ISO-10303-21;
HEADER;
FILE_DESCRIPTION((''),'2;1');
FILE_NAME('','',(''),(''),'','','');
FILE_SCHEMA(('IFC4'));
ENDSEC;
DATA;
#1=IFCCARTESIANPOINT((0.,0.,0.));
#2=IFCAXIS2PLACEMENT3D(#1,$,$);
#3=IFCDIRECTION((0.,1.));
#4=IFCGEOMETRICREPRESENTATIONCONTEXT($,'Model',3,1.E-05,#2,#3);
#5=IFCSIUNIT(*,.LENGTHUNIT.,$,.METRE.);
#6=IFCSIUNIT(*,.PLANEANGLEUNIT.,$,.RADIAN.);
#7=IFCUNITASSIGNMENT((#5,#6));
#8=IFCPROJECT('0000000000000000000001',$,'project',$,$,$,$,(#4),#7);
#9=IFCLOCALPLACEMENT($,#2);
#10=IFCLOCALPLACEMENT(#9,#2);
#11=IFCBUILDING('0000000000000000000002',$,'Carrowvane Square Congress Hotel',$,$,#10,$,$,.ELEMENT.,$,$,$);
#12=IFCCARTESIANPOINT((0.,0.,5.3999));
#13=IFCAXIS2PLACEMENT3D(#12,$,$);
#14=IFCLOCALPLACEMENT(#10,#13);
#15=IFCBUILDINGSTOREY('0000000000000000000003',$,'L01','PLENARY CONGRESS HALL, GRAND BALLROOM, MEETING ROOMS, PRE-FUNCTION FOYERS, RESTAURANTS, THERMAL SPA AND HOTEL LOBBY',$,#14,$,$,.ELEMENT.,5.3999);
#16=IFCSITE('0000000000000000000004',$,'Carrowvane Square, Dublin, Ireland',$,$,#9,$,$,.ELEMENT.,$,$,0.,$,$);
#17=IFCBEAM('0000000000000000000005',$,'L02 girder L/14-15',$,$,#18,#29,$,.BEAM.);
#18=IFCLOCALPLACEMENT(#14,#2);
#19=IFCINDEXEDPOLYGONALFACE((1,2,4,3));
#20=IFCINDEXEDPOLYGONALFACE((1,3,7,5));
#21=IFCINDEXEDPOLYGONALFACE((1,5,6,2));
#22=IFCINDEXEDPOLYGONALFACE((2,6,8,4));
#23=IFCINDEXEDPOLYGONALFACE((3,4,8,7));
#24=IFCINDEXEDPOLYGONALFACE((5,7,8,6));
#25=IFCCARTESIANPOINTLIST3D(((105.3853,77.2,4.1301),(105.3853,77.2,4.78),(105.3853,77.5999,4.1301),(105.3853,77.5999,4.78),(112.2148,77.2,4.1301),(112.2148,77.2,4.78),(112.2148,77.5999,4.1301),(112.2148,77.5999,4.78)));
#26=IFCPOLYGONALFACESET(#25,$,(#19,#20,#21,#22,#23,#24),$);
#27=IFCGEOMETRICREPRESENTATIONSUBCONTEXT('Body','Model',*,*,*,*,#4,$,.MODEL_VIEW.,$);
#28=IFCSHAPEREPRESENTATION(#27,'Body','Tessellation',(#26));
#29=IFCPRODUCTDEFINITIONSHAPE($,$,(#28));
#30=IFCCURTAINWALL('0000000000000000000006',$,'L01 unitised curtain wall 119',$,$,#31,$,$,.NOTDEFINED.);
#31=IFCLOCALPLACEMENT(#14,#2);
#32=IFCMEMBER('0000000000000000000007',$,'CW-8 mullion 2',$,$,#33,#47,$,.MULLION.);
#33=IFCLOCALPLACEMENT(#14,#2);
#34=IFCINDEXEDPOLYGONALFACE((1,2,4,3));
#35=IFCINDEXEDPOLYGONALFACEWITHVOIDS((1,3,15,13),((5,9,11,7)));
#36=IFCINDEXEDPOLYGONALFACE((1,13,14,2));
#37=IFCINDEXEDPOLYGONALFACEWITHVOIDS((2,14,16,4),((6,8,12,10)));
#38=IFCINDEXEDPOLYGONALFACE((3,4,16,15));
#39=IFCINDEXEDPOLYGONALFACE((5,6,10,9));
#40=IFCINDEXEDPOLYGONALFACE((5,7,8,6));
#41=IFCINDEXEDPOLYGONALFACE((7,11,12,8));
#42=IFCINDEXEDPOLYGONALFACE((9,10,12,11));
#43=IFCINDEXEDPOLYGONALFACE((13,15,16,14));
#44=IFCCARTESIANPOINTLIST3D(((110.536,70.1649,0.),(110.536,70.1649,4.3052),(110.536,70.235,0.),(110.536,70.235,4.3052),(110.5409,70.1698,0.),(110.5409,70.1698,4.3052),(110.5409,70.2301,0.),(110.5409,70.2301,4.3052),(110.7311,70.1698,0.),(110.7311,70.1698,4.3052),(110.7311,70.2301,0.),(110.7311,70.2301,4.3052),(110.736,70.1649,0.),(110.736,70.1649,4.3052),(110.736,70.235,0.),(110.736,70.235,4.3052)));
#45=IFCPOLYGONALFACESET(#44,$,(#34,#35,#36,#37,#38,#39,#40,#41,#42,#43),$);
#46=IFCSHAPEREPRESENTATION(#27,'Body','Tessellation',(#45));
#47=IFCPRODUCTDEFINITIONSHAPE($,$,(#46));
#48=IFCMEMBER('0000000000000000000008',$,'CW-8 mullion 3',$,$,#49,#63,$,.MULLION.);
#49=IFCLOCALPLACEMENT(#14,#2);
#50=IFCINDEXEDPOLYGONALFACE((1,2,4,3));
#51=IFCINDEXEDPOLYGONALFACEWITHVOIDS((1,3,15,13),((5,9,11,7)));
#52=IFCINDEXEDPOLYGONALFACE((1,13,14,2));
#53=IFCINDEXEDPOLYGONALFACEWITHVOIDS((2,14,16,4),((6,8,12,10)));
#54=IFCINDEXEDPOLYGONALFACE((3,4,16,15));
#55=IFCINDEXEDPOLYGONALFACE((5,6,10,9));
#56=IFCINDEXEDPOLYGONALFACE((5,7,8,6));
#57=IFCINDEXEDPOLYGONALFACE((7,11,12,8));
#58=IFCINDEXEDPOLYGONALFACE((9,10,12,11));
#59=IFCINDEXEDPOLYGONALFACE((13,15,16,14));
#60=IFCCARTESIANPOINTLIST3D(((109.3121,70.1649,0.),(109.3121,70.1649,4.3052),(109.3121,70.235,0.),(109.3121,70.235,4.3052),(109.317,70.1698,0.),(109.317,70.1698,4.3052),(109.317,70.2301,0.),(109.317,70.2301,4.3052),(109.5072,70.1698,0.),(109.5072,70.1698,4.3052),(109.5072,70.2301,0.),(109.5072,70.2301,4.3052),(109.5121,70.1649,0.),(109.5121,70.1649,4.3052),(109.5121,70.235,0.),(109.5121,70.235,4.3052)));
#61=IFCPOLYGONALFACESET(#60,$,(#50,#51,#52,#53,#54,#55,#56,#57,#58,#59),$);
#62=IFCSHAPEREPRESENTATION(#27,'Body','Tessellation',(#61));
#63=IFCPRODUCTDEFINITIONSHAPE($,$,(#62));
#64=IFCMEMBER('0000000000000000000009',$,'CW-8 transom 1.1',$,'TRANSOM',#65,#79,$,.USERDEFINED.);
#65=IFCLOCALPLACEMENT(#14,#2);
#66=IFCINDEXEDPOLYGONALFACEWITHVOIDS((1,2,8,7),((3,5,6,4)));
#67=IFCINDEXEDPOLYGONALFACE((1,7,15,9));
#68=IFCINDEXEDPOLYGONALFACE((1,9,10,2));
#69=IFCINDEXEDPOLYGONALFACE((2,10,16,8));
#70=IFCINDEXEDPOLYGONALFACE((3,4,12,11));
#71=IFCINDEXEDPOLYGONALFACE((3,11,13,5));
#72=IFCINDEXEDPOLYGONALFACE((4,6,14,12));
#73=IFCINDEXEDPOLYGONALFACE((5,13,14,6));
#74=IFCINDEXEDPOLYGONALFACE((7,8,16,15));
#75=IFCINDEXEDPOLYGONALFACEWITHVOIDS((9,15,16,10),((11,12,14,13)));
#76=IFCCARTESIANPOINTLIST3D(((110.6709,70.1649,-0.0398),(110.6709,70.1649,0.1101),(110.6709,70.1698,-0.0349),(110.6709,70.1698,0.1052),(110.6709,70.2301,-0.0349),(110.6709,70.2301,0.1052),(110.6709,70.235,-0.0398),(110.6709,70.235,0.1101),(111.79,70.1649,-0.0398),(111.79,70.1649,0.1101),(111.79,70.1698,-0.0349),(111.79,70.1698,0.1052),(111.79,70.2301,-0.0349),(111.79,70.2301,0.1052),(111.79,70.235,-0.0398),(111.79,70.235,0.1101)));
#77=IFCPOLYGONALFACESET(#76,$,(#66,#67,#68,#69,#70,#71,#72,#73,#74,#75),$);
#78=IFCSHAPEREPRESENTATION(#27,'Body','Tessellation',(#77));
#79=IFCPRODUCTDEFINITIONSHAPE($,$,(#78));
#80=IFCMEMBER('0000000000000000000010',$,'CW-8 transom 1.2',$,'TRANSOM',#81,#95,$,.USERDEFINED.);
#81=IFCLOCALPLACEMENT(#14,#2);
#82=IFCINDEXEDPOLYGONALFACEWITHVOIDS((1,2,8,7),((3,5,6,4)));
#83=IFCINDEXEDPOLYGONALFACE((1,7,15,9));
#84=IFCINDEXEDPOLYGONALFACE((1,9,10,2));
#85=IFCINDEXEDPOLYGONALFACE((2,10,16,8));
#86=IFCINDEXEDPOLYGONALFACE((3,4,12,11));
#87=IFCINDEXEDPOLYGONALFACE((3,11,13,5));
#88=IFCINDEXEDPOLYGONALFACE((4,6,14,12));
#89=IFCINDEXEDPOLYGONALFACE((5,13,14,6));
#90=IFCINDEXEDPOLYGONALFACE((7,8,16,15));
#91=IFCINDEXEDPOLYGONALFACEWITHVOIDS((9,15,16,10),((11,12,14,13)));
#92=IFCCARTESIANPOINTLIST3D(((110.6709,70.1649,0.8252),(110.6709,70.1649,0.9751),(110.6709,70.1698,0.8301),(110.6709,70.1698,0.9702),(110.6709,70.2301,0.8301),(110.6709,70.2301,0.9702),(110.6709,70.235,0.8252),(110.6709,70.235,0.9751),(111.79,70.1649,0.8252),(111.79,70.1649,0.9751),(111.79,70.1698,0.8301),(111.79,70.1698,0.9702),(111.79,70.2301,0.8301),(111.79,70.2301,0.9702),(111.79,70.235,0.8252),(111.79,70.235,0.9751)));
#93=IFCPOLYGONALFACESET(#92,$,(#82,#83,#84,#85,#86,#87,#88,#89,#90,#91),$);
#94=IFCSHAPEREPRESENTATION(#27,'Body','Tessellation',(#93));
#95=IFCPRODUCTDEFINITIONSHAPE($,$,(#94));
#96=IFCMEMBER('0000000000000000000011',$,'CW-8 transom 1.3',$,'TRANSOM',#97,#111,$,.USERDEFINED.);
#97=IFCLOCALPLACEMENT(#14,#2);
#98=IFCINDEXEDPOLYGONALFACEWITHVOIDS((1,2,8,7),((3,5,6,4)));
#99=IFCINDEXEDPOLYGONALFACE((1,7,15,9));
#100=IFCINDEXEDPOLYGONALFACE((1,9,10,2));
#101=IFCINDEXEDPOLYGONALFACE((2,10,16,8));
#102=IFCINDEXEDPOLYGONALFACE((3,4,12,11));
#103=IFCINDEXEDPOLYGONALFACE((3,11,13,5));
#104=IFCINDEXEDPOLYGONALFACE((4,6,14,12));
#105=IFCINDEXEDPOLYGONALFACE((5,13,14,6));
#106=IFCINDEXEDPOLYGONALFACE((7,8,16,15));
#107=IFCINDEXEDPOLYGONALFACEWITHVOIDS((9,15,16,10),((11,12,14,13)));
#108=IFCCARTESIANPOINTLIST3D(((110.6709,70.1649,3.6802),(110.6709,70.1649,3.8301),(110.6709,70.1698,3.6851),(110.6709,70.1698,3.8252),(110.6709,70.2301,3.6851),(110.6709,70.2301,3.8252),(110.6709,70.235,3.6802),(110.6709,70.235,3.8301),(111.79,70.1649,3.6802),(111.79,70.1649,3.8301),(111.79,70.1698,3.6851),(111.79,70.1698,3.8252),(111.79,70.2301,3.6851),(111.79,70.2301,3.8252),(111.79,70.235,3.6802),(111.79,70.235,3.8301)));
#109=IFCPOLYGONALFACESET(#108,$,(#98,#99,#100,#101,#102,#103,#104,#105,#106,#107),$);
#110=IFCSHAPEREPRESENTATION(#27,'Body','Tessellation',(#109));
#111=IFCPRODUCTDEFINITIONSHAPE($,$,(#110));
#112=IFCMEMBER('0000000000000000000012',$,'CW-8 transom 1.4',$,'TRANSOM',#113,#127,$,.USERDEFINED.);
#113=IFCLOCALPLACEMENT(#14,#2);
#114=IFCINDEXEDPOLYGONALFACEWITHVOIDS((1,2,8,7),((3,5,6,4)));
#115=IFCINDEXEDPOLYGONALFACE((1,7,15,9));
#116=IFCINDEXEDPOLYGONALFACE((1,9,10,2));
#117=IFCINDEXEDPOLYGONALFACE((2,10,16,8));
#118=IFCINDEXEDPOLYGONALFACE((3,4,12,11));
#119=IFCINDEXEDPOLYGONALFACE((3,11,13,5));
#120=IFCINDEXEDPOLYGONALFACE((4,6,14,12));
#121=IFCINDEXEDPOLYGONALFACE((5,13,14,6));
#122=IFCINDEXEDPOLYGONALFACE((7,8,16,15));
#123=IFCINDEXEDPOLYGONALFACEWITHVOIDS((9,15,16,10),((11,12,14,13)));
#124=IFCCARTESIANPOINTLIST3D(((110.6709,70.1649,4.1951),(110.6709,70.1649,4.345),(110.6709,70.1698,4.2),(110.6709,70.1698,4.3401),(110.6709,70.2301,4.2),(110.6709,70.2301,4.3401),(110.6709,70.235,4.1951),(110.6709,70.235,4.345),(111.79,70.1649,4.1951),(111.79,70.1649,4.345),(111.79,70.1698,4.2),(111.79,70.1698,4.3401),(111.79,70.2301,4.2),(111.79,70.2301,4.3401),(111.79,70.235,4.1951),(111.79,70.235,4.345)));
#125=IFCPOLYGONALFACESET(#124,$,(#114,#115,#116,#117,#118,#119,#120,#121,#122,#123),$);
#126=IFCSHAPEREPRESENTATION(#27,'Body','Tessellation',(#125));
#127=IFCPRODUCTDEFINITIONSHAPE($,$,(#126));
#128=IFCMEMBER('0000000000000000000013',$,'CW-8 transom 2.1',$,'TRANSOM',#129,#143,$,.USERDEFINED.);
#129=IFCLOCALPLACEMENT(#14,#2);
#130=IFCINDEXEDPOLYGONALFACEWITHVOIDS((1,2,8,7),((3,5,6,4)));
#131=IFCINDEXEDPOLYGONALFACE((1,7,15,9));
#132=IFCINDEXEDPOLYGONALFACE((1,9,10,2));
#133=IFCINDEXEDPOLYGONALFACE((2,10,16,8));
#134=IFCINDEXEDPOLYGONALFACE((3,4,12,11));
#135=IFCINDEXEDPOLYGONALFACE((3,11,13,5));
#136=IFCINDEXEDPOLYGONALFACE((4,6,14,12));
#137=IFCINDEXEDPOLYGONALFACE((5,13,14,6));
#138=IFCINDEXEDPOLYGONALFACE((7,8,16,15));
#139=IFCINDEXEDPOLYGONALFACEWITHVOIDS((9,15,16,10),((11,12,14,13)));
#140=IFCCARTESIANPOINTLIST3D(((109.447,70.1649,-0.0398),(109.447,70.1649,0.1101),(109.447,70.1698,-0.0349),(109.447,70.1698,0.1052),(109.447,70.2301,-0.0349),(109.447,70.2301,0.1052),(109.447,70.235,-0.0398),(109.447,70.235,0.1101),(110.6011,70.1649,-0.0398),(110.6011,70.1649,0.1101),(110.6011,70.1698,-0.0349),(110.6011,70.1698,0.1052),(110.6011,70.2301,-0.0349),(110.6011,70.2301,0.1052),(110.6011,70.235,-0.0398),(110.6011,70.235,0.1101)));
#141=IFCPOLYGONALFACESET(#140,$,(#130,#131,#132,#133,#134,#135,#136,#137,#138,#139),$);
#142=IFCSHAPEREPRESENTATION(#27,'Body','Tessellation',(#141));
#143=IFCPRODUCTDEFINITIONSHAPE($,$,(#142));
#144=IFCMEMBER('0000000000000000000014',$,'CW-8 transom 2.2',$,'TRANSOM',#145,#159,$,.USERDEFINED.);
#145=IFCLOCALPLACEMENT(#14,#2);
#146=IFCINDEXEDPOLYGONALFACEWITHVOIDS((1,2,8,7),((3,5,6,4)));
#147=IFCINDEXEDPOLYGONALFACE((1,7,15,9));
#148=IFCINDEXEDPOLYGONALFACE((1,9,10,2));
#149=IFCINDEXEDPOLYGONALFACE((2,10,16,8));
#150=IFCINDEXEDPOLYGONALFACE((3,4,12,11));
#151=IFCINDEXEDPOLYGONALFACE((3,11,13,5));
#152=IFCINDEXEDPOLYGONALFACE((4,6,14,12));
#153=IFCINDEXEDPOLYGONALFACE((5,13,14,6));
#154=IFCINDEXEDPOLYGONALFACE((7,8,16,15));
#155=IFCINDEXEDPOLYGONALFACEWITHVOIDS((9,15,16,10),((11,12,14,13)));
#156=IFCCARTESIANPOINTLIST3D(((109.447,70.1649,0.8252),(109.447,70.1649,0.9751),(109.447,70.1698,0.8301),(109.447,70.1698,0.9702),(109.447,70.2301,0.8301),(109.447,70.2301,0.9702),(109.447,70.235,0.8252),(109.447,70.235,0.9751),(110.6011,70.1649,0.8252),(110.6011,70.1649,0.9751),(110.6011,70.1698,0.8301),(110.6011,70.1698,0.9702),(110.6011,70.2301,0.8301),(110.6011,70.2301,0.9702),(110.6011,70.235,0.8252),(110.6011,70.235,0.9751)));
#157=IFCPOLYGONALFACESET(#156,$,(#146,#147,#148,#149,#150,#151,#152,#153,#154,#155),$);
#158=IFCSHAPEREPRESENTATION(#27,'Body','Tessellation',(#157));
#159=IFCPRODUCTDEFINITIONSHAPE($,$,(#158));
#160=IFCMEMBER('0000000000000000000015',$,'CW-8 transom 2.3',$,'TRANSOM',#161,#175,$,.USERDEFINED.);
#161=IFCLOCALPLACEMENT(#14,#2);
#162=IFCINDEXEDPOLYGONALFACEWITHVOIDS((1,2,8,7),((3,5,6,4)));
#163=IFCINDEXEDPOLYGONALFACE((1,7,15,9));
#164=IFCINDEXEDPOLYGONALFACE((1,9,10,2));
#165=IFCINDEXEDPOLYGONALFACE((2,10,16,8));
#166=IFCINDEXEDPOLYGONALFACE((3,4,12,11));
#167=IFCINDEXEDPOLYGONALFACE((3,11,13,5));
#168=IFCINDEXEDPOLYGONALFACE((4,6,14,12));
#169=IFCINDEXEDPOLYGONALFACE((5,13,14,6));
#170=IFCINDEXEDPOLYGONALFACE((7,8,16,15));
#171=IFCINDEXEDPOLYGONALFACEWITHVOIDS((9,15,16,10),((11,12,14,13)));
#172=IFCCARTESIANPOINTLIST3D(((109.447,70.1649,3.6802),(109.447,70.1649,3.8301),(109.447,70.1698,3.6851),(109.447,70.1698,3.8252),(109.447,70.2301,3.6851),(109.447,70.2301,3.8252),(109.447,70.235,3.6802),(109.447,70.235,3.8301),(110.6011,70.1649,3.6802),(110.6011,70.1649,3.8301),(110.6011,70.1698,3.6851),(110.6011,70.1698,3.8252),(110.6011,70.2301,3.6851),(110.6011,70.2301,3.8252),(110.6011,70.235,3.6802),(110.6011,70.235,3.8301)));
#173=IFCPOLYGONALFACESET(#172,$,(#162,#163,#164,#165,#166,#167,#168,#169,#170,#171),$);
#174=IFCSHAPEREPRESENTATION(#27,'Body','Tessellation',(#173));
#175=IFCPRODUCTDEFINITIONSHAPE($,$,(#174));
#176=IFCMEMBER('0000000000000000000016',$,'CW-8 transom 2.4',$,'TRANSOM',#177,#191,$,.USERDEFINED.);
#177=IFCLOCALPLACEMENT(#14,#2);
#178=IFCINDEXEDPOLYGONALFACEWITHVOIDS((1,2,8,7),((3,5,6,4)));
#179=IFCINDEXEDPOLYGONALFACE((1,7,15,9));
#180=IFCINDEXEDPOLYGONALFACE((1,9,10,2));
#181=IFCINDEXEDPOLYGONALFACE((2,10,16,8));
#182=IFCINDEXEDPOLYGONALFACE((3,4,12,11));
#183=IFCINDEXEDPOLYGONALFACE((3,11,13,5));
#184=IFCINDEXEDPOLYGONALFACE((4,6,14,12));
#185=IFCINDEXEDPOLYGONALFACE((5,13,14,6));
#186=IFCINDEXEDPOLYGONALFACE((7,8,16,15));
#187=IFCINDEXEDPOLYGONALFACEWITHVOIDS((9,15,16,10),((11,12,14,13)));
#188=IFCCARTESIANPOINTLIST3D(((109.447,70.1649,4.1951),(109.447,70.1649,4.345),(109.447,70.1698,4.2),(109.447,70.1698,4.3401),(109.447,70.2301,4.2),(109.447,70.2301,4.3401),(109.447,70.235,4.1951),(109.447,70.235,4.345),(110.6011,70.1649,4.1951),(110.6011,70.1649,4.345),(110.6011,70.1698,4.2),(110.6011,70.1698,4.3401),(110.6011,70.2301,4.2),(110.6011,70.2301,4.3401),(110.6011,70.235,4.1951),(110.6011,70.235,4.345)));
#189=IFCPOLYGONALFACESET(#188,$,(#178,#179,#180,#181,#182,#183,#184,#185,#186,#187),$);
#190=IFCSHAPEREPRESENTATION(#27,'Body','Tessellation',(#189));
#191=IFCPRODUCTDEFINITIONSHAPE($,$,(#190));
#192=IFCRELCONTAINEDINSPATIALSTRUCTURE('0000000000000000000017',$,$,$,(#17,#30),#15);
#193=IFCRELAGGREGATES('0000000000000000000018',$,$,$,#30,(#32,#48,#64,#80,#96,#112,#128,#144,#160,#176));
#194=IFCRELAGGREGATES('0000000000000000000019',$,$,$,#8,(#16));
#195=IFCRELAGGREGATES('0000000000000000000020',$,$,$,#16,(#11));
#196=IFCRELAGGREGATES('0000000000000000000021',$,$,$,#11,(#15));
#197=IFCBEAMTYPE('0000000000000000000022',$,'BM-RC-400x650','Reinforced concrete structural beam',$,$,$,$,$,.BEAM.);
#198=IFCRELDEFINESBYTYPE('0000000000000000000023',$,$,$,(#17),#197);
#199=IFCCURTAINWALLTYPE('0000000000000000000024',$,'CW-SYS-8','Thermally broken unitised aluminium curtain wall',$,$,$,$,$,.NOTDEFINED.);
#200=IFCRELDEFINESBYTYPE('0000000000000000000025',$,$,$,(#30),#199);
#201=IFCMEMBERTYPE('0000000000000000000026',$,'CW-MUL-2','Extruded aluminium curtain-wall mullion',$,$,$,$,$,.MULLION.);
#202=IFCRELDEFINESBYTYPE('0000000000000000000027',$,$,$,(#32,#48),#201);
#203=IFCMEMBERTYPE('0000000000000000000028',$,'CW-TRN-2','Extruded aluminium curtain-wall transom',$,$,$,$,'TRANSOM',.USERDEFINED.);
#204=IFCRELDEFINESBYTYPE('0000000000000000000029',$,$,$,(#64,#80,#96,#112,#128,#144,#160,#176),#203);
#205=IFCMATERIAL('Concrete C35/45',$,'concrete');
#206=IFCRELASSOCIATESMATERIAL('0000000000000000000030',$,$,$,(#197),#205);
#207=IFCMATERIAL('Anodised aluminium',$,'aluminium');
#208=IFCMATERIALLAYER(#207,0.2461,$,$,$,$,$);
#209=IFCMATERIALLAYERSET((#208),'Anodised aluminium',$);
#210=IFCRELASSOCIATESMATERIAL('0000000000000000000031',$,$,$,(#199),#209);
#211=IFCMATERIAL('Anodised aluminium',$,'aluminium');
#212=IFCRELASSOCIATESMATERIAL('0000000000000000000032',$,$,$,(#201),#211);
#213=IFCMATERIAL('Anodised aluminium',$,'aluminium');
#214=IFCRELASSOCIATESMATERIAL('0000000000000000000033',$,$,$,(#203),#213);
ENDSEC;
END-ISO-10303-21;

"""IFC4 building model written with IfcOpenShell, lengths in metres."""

from ifc_helpers import new_model, si_unit, direction, frame, origin, origin_2d, place, context, subcontext, project, spatial, rectangle, hollow_rectangle, extrude, material, layer, layer_set, material_profile, profile_set, type_object, element, aggregate, save


model = new_model("IFC4")

# Units and contexts
model_context = context("Model", 3, precision=1e-05, world=origin(), true_north=direction((0.0, 1.0)))
body_context = subcontext(model_context, "Body", "Model", "MODEL_VIEW")
ifc_project = project(units=[si_unit("LENGTHUNIT", "METRE"), si_unit("PLANEANGLEUNIT", "RADIAN")], contexts=[model_context])

# Site, building, storey
site_placement = place(None, origin())
site = spatial("IfcSite", under=ifc_project, at=site_placement, Name="Carrowvane Square, Dublin, Ireland", CompositionType="ELEMENT", RefElevation=0.0)
building_placement = place(site_placement, origin())
building = spatial("IfcBuilding", under=site, at=building_placement, Name="Carrowvane Square Congress Hotel", CompositionType="ELEMENT")
storey_placement = place(building_placement, frame((0.0, 0.0, 5.3999)))
storey = spatial("IfcBuildingStorey", under=building, at=storey_placement, Name="L01", Description="PLENARY CONGRESS HALL, GRAND BALLROOM, MEETING ROOMS, PRE-FUNCTION FOYERS, RESTAURANTS, THERMAL SPA AND HOTEL LOBBY", CompositionType="ELEMENT", Elevation=5.3999)

# Beam
ifc_material_1 = material(Name="Concrete C35/45", Category="concrete")
ifc_material_profile_1 = material_profile(ifc_material_1, rectangle(XDim=0.3999, YDim=0.6499, at=origin_2d()), Name="RC 400x650")
ifc_profile_set_1 = profile_set([ifc_material_profile_1], Name="Concrete C35/45")
beam_type = type_object("IfcBeamType", Name="BM-RC-400x650", Description="Reinforced concrete structural beam", PredefinedType="BEAM", material=ifc_profile_set_1)
beam_placement = place(storey_placement, frame((105.3853, 77.3999, 4.4551), z_axis=(1.0, 0.0, 0.0), x_axis=(0.0, 1.0, 0.0)))
element("IfcBeam", 1, at=beam_placement, inside=storey, type_object=beam_type, Name="L02 girder L/14-15", PredefinedType="BEAM", context=body_context, shape_type="SweptSolid", body=[
    extrude(rectangle(XDim=0.3999, YDim=0.6499, at=origin_2d()), origin(), (0.0, 0.0, 1.0), 6.8296),
])

# Curtain wall, members
ifc_material_2 = material(Name="Anodised aluminium", Category="aluminium")
ifc_layer_1 = layer(ifc_material_2, 0.2461)
ifc_layer_set_1 = layer_set([ifc_layer_1], Name="Anodised aluminium")
curtain_wall_type = type_object("IfcCurtainWallType", Name="CW-SYS-8", Description="Thermally broken unitised aluminium curtain wall", PredefinedType="NOTDEFINED", material=ifc_layer_set_1)
curtain_wall_placement = place(storey_placement, origin())
curtain_wall = element("IfcCurtainWall", 2, at=curtain_wall_placement, inside=storey, type_object=curtain_wall_type, Name="L01 unitised curtain wall 119", PredefinedType="NOTDEFINED")
ifc_material_3 = material(Name="Anodised aluminium", Category="aluminium")
ifc_material_profile_2 = material_profile(ifc_material_3, hollow_rectangle(XDim=0.0701, YDim=0.2, WallThickness=0.0049, at=origin_2d()), Name="CW-ML 70x200x5")
ifc_profile_set_2 = profile_set([ifc_material_profile_2], Name="Anodised aluminium")
member_type_1 = type_object("IfcMemberType", Name="CW-MUL-2", Description="Extruded aluminium curtain-wall mullion", PredefinedType="MULLION", material=ifc_profile_set_2)
member_1_placement = place(storey_placement, frame((110.636, 70.2, 0.0), z_axis=(0.0, 0.0, 1.0), x_axis=(0.0, -1.0, 0.0)))
member_1 = element("IfcMember", 3, at=member_1_placement, type_object=member_type_1, Name="CW-8 mullion 2", PredefinedType="MULLION", context=body_context, shape_type="SweptSolid", body=[
    extrude(hollow_rectangle(XDim=0.0701, YDim=0.2, WallThickness=0.0049, at=origin_2d()), origin(), (0.0, 0.0, 1.0), 4.3052),
])
member_2_placement = place(storey_placement, frame((109.4121, 70.2, 0.0), z_axis=(0.0, 0.0, 1.0), x_axis=(0.0, -1.0, 0.0)))
member_2 = element("IfcMember", 4, at=member_2_placement, type_object=member_type_1, Name="CW-8 mullion 3", PredefinedType="MULLION", context=body_context, shape_type="SweptSolid", body=[
    extrude(hollow_rectangle(XDim=0.0701, YDim=0.2, WallThickness=0.0049, at=origin_2d()), origin(), (0.0, 0.0, 1.0), 4.3052),
])
ifc_material_4 = material(Name="Anodised aluminium", Category="aluminium")
ifc_material_profile_3 = material_profile(ifc_material_4, hollow_rectangle(XDim=0.0701, YDim=0.1499, WallThickness=0.0049, at=origin_2d()), Name="CW-TR 70x150x5")
ifc_profile_set_3 = profile_set([ifc_material_profile_3], Name="Anodised aluminium")
member_type_2 = type_object("IfcMemberType", Name="CW-TRN-2", Description="Extruded aluminium curtain-wall transom", ElementType="TRANSOM", PredefinedType="USERDEFINED", material=ifc_profile_set_3)
member_3_placement = place(storey_placement, frame((111.79, 70.2, 0.0352), z_axis=(-1.0, 0.0, 0.0), x_axis=(0.0, -1.0, 0.0)))
member_3 = element("IfcMember", 5, at=member_3_placement, type_object=member_type_2, Name="CW-8 transom 1.1", ObjectType="TRANSOM", PredefinedType="USERDEFINED", context=body_context, shape_type="SweptSolid", body=[
    extrude(hollow_rectangle(XDim=0.0701, YDim=0.1499, WallThickness=0.0049, at=origin_2d()), origin(), (0.0, 0.0, 1.0), 1.1191),
])
member_4_placement = place(storey_placement, frame((111.79, 70.2, 0.9001), z_axis=(-1.0, 0.0, 0.0), x_axis=(0.0, -1.0, 0.0)))
member_4 = element("IfcMember", 6, at=member_4_placement, type_object=member_type_2, Name="CW-8 transom 1.2", ObjectType="TRANSOM", PredefinedType="USERDEFINED", context=body_context, shape_type="SweptSolid", body=[
    extrude(hollow_rectangle(XDim=0.0701, YDim=0.1499, WallThickness=0.0049, at=origin_2d()), origin(), (0.0, 0.0, 1.0), 1.1191),
])
member_5_placement = place(storey_placement, frame((111.79, 70.2, 3.7551), z_axis=(-1.0, 0.0, 0.0), x_axis=(0.0, -1.0, 0.0)))
member_5 = element("IfcMember", 7, at=member_5_placement, type_object=member_type_2, Name="CW-8 transom 1.3", ObjectType="TRANSOM", PredefinedType="USERDEFINED", context=body_context, shape_type="SweptSolid", body=[
    extrude(hollow_rectangle(XDim=0.0701, YDim=0.1499, WallThickness=0.0049, at=origin_2d()), origin(), (0.0, 0.0, 1.0), 1.1191),
])
member_6_placement = place(storey_placement, frame((111.79, 70.2, 4.27), z_axis=(-1.0, 0.0, 0.0), x_axis=(0.0, -1.0, 0.0)))
member_6 = element("IfcMember", 8, at=member_6_placement, type_object=member_type_2, Name="CW-8 transom 1.4", ObjectType="TRANSOM", PredefinedType="USERDEFINED", context=body_context, shape_type="SweptSolid", body=[
    extrude(hollow_rectangle(XDim=0.0701, YDim=0.1499, WallThickness=0.0049, at=origin_2d()), origin(), (0.0, 0.0, 1.0), 1.1191),
])
member_7_placement = place(storey_placement, frame((110.6011, 70.2, 0.0352), z_axis=(-1.0, 0.0, 0.0), x_axis=(0.0, -1.0, 0.0)))
member_7 = element("IfcMember", 9, at=member_7_placement, type_object=member_type_2, Name="CW-8 transom 2.1", ObjectType="TRANSOM", PredefinedType="USERDEFINED", context=body_context, shape_type="SweptSolid", body=[
    extrude(hollow_rectangle(XDim=0.0701, YDim=0.1499, WallThickness=0.0049, at=origin_2d()), origin(), (0.0, 0.0, 1.0), 1.1541),
])
member_8_placement = place(storey_placement, frame((110.6011, 70.2, 0.9001), z_axis=(-1.0, 0.0, 0.0), x_axis=(0.0, -1.0, 0.0)))
member_8 = element("IfcMember", 10, at=member_8_placement, type_object=member_type_2, Name="CW-8 transom 2.2", ObjectType="TRANSOM", PredefinedType="USERDEFINED", context=body_context, shape_type="SweptSolid", body=[
    extrude(hollow_rectangle(XDim=0.0701, YDim=0.1499, WallThickness=0.0049, at=origin_2d()), origin(), (0.0, 0.0, 1.0), 1.1541),
])
member_9_placement = place(storey_placement, frame((110.6011, 70.2, 3.7551), z_axis=(-1.0, 0.0, 0.0), x_axis=(0.0, -1.0, 0.0)))
member_9 = element("IfcMember", 11, at=member_9_placement, type_object=member_type_2, Name="CW-8 transom 2.3", ObjectType="TRANSOM", PredefinedType="USERDEFINED", context=body_context, shape_type="SweptSolid", body=[
    extrude(hollow_rectangle(XDim=0.0701, YDim=0.1499, WallThickness=0.0049, at=origin_2d()), origin(), (0.0, 0.0, 1.0), 1.1541),
])
member_10_placement = place(storey_placement, frame((110.6011, 70.2, 4.27), z_axis=(-1.0, 0.0, 0.0), x_axis=(0.0, -1.0, 0.0)))
member_10 = element("IfcMember", 12, at=member_10_placement, type_object=member_type_2, Name="CW-8 transom 2.4", ObjectType="TRANSOM", PredefinedType="USERDEFINED", context=body_context, shape_type="SweptSolid", body=[
    extrude(hollow_rectangle(XDim=0.0701, YDim=0.1499, WallThickness=0.0049, at=origin_2d()), origin(), (0.0, 0.0, 1.0), 1.1541),
])
aggregate(curtain_wall, [member_1, member_2, member_3, member_4, member_5, member_6, member_7, member_8, member_9, member_10])

save(model, "model.ifc")
